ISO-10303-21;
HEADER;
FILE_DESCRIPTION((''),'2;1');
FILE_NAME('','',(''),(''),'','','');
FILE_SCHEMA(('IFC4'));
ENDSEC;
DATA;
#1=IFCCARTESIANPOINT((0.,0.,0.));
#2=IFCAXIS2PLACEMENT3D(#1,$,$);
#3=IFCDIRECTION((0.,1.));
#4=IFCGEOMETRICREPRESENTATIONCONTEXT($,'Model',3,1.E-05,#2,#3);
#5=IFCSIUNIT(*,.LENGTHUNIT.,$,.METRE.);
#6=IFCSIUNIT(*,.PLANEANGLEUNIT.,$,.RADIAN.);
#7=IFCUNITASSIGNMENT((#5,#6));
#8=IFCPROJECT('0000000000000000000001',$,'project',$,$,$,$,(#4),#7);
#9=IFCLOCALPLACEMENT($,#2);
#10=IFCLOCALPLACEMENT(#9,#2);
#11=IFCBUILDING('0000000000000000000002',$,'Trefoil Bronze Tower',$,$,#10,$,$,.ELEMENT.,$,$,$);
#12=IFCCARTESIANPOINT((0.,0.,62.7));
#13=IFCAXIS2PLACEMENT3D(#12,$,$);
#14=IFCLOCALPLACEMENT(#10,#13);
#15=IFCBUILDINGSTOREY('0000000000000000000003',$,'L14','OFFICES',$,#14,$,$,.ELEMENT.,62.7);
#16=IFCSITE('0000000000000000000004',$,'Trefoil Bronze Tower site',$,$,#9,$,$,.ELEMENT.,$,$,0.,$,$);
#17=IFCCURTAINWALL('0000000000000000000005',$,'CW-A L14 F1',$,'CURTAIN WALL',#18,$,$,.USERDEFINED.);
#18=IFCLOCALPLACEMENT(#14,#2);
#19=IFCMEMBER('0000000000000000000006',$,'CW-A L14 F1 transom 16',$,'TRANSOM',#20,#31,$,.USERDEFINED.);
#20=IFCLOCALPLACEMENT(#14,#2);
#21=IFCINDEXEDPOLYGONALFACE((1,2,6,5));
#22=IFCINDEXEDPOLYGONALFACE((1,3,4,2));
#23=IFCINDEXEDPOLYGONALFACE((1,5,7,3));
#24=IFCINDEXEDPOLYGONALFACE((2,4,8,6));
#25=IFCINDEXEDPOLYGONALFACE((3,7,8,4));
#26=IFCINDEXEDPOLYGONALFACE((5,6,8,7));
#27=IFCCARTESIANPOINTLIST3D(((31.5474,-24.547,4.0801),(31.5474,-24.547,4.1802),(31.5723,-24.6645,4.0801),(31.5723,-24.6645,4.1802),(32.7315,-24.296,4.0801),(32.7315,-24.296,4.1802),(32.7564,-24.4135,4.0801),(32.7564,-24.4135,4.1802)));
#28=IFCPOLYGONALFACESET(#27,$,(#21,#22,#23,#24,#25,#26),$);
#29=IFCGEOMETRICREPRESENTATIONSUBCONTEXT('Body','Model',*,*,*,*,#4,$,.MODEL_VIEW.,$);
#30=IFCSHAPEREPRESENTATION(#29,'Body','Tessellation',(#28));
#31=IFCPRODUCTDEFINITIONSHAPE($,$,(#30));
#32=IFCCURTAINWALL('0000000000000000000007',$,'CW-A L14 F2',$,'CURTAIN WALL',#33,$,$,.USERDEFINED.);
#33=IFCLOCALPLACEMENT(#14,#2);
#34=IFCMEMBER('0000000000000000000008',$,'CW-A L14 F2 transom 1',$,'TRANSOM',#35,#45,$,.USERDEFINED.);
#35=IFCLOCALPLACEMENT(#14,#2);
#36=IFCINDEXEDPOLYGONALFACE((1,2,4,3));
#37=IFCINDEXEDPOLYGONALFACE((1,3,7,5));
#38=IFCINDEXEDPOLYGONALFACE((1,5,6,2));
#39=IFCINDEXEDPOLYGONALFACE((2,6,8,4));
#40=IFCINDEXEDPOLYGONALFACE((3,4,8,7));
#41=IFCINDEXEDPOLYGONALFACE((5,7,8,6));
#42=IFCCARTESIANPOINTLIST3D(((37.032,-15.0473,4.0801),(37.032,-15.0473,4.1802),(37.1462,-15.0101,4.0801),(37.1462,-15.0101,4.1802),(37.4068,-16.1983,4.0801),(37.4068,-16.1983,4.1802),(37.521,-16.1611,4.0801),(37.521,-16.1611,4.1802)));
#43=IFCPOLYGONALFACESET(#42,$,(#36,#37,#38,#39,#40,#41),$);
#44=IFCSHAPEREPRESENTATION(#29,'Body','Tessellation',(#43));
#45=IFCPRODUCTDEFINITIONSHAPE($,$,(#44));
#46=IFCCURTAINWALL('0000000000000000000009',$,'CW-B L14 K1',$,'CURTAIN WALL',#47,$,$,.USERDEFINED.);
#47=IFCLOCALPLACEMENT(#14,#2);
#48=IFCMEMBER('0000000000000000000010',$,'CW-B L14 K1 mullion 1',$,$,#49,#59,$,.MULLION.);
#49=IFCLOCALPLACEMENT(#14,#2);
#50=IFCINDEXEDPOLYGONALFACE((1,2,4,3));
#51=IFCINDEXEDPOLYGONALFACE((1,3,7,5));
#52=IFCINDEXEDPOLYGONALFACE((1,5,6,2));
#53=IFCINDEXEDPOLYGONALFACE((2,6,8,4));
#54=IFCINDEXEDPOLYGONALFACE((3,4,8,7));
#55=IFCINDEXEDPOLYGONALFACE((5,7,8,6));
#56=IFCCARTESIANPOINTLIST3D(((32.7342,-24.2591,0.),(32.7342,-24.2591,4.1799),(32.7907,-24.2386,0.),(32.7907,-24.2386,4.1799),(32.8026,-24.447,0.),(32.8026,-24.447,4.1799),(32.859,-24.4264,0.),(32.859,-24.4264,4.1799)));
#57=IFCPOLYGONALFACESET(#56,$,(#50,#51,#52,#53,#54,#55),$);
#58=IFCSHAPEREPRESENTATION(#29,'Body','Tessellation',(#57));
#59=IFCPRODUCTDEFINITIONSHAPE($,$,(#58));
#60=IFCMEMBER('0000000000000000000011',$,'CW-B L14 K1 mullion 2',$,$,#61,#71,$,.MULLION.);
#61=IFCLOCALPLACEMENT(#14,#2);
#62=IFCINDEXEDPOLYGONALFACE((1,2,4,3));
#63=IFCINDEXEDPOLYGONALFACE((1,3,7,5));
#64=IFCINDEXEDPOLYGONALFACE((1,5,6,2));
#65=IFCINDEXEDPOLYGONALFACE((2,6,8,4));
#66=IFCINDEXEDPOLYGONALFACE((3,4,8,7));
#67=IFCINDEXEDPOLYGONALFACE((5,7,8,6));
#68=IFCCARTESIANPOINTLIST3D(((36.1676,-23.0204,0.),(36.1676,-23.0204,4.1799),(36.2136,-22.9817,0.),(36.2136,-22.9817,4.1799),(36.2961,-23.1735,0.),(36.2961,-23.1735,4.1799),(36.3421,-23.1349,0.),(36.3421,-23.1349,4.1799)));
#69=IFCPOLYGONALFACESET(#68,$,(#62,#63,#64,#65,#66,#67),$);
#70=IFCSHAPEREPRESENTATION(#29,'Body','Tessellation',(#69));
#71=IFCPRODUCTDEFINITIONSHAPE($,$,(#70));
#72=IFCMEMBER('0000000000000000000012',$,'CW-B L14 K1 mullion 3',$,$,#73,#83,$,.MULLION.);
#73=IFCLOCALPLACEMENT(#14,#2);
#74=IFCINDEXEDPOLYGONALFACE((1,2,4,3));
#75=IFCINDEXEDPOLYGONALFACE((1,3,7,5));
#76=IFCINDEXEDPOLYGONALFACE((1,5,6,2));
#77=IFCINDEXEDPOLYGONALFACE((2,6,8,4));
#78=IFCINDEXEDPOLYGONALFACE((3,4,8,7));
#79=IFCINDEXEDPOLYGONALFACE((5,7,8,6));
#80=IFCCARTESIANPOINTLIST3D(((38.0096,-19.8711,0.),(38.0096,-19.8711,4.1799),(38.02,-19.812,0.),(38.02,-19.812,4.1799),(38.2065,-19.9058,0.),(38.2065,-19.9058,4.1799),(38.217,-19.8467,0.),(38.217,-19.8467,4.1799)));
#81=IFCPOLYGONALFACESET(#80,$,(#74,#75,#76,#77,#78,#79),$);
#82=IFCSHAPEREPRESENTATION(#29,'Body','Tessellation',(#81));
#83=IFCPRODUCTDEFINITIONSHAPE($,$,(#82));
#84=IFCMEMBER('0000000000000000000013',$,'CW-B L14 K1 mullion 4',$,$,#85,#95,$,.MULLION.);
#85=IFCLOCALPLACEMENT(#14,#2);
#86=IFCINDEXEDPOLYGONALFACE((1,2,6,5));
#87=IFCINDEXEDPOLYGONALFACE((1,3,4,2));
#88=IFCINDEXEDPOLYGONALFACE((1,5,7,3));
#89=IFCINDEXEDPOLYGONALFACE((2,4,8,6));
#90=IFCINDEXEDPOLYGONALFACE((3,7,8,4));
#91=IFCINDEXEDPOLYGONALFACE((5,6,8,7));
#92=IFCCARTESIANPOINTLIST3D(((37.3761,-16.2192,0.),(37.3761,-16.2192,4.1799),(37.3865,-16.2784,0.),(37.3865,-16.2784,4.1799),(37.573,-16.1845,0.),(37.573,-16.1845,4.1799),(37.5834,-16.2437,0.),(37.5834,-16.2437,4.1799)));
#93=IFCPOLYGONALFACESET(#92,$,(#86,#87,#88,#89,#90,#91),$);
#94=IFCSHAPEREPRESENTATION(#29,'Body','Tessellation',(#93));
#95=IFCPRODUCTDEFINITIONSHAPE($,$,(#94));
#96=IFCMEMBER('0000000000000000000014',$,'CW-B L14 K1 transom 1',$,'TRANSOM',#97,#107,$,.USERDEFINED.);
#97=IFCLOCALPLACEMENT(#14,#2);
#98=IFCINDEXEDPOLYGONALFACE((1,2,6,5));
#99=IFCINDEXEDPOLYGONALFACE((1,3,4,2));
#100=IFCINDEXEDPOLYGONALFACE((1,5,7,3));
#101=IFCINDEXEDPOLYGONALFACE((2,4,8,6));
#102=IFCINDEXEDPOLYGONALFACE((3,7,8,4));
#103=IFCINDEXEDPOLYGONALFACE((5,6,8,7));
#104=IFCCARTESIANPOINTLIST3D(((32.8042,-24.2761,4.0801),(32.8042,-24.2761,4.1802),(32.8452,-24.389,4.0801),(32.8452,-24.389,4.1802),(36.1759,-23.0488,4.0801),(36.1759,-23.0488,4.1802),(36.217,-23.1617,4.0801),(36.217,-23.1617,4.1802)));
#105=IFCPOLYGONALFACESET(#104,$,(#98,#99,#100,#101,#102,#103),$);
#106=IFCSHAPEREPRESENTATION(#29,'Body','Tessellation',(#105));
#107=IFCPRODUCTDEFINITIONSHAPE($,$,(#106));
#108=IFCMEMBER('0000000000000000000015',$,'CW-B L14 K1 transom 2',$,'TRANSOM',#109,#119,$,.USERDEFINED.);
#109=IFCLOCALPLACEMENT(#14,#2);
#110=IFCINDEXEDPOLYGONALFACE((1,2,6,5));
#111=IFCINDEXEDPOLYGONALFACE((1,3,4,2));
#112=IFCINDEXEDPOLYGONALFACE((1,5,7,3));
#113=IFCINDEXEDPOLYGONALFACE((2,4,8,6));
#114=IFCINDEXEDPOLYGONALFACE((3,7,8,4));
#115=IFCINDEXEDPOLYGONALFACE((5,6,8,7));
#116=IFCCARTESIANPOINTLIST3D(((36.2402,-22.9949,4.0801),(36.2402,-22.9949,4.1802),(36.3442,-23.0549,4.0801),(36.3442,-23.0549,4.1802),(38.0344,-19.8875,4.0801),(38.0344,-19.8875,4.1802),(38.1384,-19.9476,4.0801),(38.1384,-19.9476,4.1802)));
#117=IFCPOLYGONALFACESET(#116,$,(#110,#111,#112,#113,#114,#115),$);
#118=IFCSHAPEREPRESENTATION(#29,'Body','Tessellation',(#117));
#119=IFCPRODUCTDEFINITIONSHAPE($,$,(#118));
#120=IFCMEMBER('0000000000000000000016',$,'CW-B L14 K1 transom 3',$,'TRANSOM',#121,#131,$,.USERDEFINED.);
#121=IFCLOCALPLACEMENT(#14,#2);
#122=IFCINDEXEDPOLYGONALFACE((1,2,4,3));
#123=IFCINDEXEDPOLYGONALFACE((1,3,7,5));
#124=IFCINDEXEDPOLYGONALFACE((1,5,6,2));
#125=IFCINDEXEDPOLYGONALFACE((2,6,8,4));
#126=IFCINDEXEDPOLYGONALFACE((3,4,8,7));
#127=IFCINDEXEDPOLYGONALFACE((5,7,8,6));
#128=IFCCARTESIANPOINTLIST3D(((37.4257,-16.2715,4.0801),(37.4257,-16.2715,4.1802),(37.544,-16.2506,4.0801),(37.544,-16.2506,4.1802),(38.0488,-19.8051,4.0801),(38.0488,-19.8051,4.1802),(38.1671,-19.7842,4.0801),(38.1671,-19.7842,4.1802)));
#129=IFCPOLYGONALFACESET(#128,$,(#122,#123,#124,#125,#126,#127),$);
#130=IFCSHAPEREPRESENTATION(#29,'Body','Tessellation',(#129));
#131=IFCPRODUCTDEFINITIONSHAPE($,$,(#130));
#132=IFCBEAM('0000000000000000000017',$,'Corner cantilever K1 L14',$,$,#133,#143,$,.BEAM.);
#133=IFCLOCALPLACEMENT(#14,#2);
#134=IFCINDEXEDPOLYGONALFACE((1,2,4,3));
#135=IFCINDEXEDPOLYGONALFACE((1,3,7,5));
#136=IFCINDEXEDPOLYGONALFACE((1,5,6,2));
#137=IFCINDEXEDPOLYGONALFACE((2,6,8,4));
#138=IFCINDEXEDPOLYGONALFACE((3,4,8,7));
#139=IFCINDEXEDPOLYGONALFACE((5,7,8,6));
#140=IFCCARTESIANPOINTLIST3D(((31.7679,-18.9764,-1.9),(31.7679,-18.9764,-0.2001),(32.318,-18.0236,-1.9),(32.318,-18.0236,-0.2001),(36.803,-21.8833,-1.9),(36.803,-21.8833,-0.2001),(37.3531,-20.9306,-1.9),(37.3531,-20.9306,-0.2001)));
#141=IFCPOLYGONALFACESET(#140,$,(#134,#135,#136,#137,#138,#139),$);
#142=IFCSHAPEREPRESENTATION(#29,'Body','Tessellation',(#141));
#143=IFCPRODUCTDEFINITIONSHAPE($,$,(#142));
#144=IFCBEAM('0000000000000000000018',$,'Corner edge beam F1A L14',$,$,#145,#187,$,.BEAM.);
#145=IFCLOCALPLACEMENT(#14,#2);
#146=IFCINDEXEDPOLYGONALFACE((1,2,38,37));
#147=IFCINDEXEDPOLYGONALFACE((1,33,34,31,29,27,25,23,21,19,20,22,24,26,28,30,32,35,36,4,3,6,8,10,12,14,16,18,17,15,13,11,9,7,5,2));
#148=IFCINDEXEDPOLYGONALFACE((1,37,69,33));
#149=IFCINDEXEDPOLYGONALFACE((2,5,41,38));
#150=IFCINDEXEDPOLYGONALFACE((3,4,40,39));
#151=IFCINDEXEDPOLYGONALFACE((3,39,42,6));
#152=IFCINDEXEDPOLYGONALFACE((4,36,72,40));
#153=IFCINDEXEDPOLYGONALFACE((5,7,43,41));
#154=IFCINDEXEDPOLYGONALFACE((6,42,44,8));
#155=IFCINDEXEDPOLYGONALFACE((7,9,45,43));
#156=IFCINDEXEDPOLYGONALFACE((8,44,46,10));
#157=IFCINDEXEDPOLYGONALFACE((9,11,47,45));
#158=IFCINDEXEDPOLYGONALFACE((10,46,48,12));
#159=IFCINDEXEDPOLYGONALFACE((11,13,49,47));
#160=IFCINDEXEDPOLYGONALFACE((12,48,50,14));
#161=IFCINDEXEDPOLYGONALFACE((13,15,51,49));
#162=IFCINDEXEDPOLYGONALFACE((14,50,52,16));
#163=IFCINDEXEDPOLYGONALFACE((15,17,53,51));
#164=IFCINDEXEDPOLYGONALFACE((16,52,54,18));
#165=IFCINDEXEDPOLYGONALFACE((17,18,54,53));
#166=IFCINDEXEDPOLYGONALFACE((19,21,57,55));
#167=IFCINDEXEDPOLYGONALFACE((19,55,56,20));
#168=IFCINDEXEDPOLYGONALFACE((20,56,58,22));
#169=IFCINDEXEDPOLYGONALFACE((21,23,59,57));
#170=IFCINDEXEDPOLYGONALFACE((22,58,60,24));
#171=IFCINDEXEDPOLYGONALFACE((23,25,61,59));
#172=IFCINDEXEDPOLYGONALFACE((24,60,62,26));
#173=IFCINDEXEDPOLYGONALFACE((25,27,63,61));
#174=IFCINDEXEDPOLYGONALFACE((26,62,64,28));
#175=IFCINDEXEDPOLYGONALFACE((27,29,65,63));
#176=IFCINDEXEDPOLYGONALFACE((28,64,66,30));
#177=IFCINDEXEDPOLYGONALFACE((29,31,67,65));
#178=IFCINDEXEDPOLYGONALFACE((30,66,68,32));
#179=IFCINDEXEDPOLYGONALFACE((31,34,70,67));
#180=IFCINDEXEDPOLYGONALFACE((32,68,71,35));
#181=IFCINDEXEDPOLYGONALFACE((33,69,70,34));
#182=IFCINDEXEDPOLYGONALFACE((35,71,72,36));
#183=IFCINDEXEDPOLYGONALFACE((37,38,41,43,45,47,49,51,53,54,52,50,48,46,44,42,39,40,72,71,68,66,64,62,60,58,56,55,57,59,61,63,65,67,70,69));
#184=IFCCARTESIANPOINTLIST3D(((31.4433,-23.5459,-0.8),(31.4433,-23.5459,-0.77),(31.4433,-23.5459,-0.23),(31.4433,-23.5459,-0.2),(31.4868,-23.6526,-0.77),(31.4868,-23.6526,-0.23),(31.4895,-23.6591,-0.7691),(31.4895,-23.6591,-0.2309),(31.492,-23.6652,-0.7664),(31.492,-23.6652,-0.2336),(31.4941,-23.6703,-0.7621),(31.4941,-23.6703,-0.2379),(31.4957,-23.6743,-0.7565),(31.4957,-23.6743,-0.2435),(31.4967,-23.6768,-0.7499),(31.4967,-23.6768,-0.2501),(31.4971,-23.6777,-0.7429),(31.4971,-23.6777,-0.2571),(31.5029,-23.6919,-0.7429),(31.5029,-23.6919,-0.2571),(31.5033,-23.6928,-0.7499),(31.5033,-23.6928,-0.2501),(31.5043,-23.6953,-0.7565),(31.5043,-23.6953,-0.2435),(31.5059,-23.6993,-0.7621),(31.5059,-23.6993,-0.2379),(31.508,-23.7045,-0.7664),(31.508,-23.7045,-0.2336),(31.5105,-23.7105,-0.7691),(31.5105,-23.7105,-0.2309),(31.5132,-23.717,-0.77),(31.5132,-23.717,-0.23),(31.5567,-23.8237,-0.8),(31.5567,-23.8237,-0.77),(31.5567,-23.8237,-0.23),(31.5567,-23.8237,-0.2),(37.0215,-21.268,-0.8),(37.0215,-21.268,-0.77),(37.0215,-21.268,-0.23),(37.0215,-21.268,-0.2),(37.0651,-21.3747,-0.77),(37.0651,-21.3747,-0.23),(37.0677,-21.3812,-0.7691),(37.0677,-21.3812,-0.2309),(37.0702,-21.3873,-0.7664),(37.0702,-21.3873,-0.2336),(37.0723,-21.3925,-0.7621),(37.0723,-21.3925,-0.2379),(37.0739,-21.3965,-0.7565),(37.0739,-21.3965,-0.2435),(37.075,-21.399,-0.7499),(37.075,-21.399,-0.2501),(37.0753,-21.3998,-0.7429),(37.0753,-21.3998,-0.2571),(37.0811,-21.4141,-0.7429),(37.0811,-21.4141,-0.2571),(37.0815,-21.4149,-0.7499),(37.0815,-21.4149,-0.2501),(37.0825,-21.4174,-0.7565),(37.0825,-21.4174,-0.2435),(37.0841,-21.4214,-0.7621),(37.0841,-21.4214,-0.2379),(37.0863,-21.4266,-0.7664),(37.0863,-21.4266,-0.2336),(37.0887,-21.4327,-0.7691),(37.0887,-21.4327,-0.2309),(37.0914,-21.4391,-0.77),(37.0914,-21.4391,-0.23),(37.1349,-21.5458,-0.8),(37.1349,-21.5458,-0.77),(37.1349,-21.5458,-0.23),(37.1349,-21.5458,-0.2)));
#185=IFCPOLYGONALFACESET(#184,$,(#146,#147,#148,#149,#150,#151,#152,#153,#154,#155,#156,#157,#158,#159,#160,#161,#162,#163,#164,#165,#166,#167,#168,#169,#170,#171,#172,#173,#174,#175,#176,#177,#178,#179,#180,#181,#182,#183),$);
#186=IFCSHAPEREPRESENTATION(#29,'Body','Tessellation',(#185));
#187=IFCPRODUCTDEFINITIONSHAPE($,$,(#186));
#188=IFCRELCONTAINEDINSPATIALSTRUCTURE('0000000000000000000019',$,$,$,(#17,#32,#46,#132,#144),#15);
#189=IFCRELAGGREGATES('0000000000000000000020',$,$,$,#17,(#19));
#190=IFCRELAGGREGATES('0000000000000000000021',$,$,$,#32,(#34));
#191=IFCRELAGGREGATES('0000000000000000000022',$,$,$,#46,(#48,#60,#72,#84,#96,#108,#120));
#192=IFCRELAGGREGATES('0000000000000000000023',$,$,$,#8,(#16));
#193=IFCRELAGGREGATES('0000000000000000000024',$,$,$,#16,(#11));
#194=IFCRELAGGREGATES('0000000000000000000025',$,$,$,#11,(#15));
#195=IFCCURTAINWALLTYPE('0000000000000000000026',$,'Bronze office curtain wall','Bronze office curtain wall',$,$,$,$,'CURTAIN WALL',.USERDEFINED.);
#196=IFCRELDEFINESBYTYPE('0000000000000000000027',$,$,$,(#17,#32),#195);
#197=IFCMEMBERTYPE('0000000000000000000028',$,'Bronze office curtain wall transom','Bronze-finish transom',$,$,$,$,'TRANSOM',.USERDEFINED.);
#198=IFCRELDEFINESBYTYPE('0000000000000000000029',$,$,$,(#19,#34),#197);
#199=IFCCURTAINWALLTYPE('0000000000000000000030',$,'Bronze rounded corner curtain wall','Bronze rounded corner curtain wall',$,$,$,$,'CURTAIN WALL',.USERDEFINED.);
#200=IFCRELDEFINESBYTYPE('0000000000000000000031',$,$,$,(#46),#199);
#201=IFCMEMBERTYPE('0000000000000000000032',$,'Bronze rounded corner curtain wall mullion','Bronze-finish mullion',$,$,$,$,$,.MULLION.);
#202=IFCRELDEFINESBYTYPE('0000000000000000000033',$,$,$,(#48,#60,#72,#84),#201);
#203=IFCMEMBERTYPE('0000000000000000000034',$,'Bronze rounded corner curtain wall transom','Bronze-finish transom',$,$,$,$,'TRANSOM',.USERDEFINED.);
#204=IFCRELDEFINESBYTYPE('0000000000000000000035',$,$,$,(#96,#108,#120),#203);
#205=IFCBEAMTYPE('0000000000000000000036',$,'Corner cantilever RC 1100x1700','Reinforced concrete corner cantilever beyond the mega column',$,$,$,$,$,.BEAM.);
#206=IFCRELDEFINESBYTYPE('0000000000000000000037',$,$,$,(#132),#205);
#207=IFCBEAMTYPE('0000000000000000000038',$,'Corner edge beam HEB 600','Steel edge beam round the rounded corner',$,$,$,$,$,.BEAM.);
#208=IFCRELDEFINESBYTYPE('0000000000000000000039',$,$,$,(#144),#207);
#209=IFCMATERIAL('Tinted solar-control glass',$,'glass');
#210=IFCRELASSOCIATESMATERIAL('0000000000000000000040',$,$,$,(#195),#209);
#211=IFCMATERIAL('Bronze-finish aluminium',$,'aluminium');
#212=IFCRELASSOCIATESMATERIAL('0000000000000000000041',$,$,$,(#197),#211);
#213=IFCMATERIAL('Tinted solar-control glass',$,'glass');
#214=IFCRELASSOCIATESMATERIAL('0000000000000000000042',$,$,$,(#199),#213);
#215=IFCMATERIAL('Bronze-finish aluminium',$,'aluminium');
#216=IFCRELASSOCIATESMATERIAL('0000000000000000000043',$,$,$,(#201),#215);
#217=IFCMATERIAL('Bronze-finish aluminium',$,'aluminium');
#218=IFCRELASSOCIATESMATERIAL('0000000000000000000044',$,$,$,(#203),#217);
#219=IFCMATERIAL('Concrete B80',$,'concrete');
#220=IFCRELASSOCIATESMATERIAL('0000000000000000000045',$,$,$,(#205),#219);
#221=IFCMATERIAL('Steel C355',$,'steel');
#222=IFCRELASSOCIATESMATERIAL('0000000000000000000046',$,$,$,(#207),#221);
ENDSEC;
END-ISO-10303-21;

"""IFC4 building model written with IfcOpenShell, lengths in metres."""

from ifc_helpers import new_model, si_unit, direction, frame, origin, origin_2d, place, context, subcontext, project, spatial, rectangle, i_section, extrude, material, material_profile, profile_set, type_object, element, aggregate, save


model = new_model("IFC4")

# Units and contexts
model_context = context("Model", 3, precision=1e-05, world=origin(), true_north=direction((0.0, 1.0)))
body_context = subcontext(model_context, "Body", "Model", "MODEL_VIEW")
ifc_project = project(units=[si_unit("LENGTHUNIT", "METRE"), si_unit("PLANEANGLEUNIT", "RADIAN")], contexts=[model_context])

# Site, building, storey
site_placement = place(None, origin())
site = spatial("IfcSite", under=ifc_project, at=site_placement, Name="Trefoil Bronze Tower site", CompositionType="ELEMENT", RefElevation=0.0)
building_placement = place(site_placement, origin())
building = spatial("IfcBuilding", under=site, at=building_placement, Name="Trefoil Bronze Tower", CompositionType="ELEMENT")
storey_placement = place(building_placement, frame((0.0, 0.0, 62.7)))
storey = spatial("IfcBuildingStorey", under=building, at=storey_placement, Name="L14", Description="OFFICES", CompositionType="ELEMENT", Elevation=62.7)

# Curtain wall, member
ifc_material_1 = material(Name="Tinted solar-control glass", Category="glass")
curtain_wall_type_1 = type_object("IfcCurtainWallType", Name="Bronze office curtain wall", Description="Bronze office curtain wall", ElementType="CURTAIN WALL", PredefinedType="USERDEFINED", material=ifc_material_1)
curtain_wall_1_placement = place(storey_placement, origin())
curtain_wall_1 = element("IfcCurtainWall", 1, at=curtain_wall_1_placement, inside=storey, type_object=curtain_wall_type_1, Name="CW-A L14 F1", ObjectType="CURTAIN WALL", PredefinedType="USERDEFINED")
ifc_material_2 = material(Name="Bronze-finish aluminium", Category="aluminium")
ifc_material_profile_1 = material_profile(ifc_material_2, rectangle(XDim=0.1201, YDim=0.1001, at=origin_2d()), Name="CW-A transom")
ifc_profile_set_1 = profile_set([ifc_material_profile_1], Name="Bronze-finish aluminium")
member_type_1 = type_object("IfcMemberType", Name="Bronze office curtain wall transom", Description="Bronze-finish transom", ElementType="TRANSOM", PredefinedType="USERDEFINED", material=ifc_profile_set_1)
member_1_placement = place(storey_placement, frame((31.5598, -24.6057, 4.1301), z_axis=(0.978266, 0.207352, 0.0), x_axis=(-0.207352, 0.978266, 0.0)))
member_1 = element("IfcMember", 2, at=member_1_placement, type_object=member_type_1, Name="CW-A L14 F1 transom 16", ObjectType="TRANSOM", PredefinedType="USERDEFINED", context=body_context, shape_type="SweptSolid", body=[
    extrude(rectangle(XDim=0.1201, YDim=0.1001, at=origin_2d()), origin(), (0.0, 0.0, 1.0), 1.2104),
])

# Curtain wall, member
curtain_wall_2_placement = place(storey_placement, origin())
curtain_wall_2 = element("IfcCurtainWall", 3, at=curtain_wall_2_placement, inside=storey, type_object=curtain_wall_type_1, Name="CW-A L14 F2", ObjectType="CURTAIN WALL", PredefinedType="USERDEFINED")
member_2_placement = place(storey_placement, frame((37.4639, -16.1797, 4.1301), z_axis=(-0.309624, 0.950859, 0.0), x_axis=(-0.950859, -0.309624, 0.0)))
member_2 = element("IfcMember", 4, at=member_2_placement, type_object=member_type_1, Name="CW-A L14 F2 transom 1", ObjectType="TRANSOM", PredefinedType="USERDEFINED", context=body_context, shape_type="SweptSolid", body=[
    extrude(rectangle(XDim=0.1201, YDim=0.1001, at=origin_2d()), origin(), (0.0, 0.0, 1.0), 1.2104),
])

# Curtain wall, members
ifc_material_3 = material(Name="Tinted solar-control glass", Category="glass")
curtain_wall_type_2 = type_object("IfcCurtainWallType", Name="Bronze rounded corner curtain wall", Description="Bronze rounded corner curtain wall", ElementType="CURTAIN WALL", PredefinedType="USERDEFINED", material=ifc_material_3)
curtain_wall_3_placement = place(storey_placement, origin())
curtain_wall_3 = element("IfcCurtainWall", 5, at=curtain_wall_3_placement, inside=storey, type_object=curtain_wall_type_2, Name="CW-B L14 K1", ObjectType="CURTAIN WALL", PredefinedType="USERDEFINED")
ifc_material_4 = material(Name="Bronze-finish aluminium", Category="aluminium")
ifc_material_profile_2 = material_profile(ifc_material_4, rectangle(XDim=0.2, YDim=0.0601, at=origin_2d()), Name="CW-B mullion")
ifc_profile_set_2 = profile_set([ifc_material_profile_2], Name="Bronze-finish aluminium")
member_type_2 = type_object("IfcMemberType", Name="Bronze rounded corner curtain wall mullion", Description="Bronze-finish mullion", PredefinedType="MULLION", material=ifc_profile_set_2)
member_3_placement = place(storey_placement, frame((32.7966, -24.3428, 0.0), z_axis=(0.0, 0.0, 1.0), x_axis=(-0.34202, 0.939693, 0.0)))
member_3 = element("IfcMember", 6, at=member_3_placement, type_object=member_type_2, Name="CW-B L14 K1 mullion 1", PredefinedType="MULLION", context=body_context, shape_type="SweptSolid", body=[
    extrude(rectangle(XDim=0.2, YDim=0.0601, at=origin_2d()), origin(), (0.0, 0.0, 1.0), 4.1799),
])
member_4_placement = place(storey_placement, frame((36.2549, -23.0776, 0.0), z_axis=(0.0, 0.0, 1.0), x_axis=(-0.642788, 0.766044, 0.0)))
member_4 = element("IfcMember", 7, at=member_4_placement, type_object=member_type_2, Name="CW-B L14 K1 mullion 2", PredefinedType="MULLION", context=body_context, shape_type="SweptSolid", body=[
    extrude(rectangle(XDim=0.2, YDim=0.0601, at=origin_2d()), origin(), (0.0, 0.0, 1.0), 4.1799),
])
member_5_placement = place(storey_placement, frame((38.1133, -19.8589, 0.0), z_axis=(0.0, 0.0, 1.0), x_axis=(-0.984808, 0.173648, 0.0)))
member_5 = element("IfcMember", 8, at=member_5_placement, type_object=member_type_2, Name="CW-B L14 K1 mullion 3", PredefinedType="MULLION", context=body_context, shape_type="SweptSolid", body=[
    extrude(rectangle(XDim=0.2, YDim=0.0601, at=origin_2d()), origin(), (0.0, 0.0, 1.0), 4.1799),
])
member_6_placement = place(storey_placement, frame((37.4797, -16.2314, 0.0), z_axis=(0.0, 0.0, 1.0), x_axis=(-0.984808, -0.173648, 0.0)))
member_6 = element("IfcMember", 9, at=member_6_placement, type_object=member_type_2, Name="CW-B L14 K1 mullion 4", PredefinedType="MULLION", context=body_context, shape_type="SweptSolid", body=[
    extrude(rectangle(XDim=0.2, YDim=0.0601, at=origin_2d()), origin(), (0.0, 0.0, 1.0), 4.1799),
])
ifc_material_5 = material(Name="Bronze-finish aluminium", Category="aluminium")
ifc_material_profile_3 = material_profile(ifc_material_5, rectangle(XDim=0.1201, YDim=0.1001, at=origin_2d()), Name="CW-B transom")
ifc_profile_set_3 = profile_set([ifc_material_profile_3], Name="Bronze-finish aluminium")
member_type_3 = type_object("IfcMemberType", Name="Bronze rounded corner curtain wall transom", Description="Bronze-finish transom", ElementType="TRANSOM", PredefinedType="USERDEFINED", material=ifc_profile_set_3)
member_7_placement = place(storey_placement, frame((32.8247, -24.3325, 4.1301), z_axis=(0.939688, 0.342033, 0.0), x_axis=(-0.342033, 0.939688, 0.0)))
member_7 = element("IfcMember", 10, at=member_7_placement, type_object=member_type_3, Name="CW-B L14 K1 transom 1", ObjectType="TRANSOM", PredefinedType="USERDEFINED", context=body_context, shape_type="SweptSolid", body=[
    extrude(rectangle(XDim=0.1201, YDim=0.1001, at=origin_2d()), origin(), (0.0, 0.0, 1.0), 3.5881),
])
member_8_placement = place(storey_placement, frame((36.2922, -23.0249, 4.1301), z_axis=(0.500025, 0.866011, 0.0), x_axis=(-0.866011, 0.500025, 0.0)))
member_8 = element("IfcMember", 11, at=member_8_placement, type_object=member_type_3, Name="CW-B L14 K1 transom 2", ObjectType="TRANSOM", PredefinedType="USERDEFINED", context=body_context, shape_type="SweptSolid", body=[
    extrude(rectangle(XDim=0.1201, YDim=0.1001, at=origin_2d()), origin(), (0.0, 0.0, 1.0), 3.5881),
])
member_9_placement = place(storey_placement, frame((38.1079, -19.7947, 4.1301), z_axis=(-0.173638, 0.98481, 0.0), x_axis=(-0.98481, -0.173638, 0.0)))
member_9 = element("IfcMember", 12, at=member_9_placement, type_object=member_type_3, Name="CW-B L14 K1 transom 3", ObjectType="TRANSOM", PredefinedType="USERDEFINED", context=body_context, shape_type="SweptSolid", body=[
    extrude(rectangle(XDim=0.1201, YDim=0.1001, at=origin_2d()), origin(), (0.0, 0.0, 1.0), 3.5881),
])

# Beams
ifc_material_6 = material(Name="Concrete B80", Category="concrete")
ifc_material_profile_4 = material_profile(ifc_material_6, rectangle(XDim=1.1001, YDim=1.7, at=origin_2d()), Name="RC 1100x1700")
ifc_profile_set_4 = profile_set([ifc_material_profile_4], Name="Concrete B80")
beam_type_1 = type_object("IfcBeamType", Name="Corner cantilever RC 1100x1700", Description="Reinforced concrete corner cantilever beyond the mega column", PredefinedType="BEAM", material=ifc_profile_set_4)
beam_1_placement = place(storey_placement, frame((32.043, -18.5, -1.05), z_axis=(0.86603, -0.499991, 0.0), x_axis=(0.499991, 0.86603, 0.0)))
element("IfcBeam", 13, at=beam_1_placement, inside=storey, type_object=beam_type_1, Name="Corner cantilever K1 L14", PredefinedType="BEAM", context=body_context, shape_type="SweptSolid", body=[
    extrude(rectangle(XDim=1.1001, YDim=1.7, at=origin_2d()), origin(), (0.0, 0.0, 1.0), 5.814),
])
ifc_material_7 = material(Name="Steel C355", Category="steel")
ifc_material_profile_5 = material_profile(ifc_material_7, i_section(OverallWidth=0.3, OverallDepth=0.6001, WebThickness=0.0154, FlangeThickness=0.03, FilletRadius=0.0271, at=origin_2d()), Name="HEB 600")
ifc_profile_set_5 = profile_set([ifc_material_profile_5], Name="Steel C355")
beam_type_2 = type_object("IfcBeamType", Name="Corner edge beam HEB 600", Description="Steel edge beam round the rounded corner", PredefinedType="BEAM", material=ifc_profile_set_5)
beam_2_placement = place(storey_placement, frame((31.5, -23.6848, -0.5), z_axis=(0.925787, 0.378046, 0.0), x_axis=(-0.378046, 0.925787, 0.0)))
element("IfcBeam", 14, at=beam_2_placement, inside=storey, type_object=beam_type_2, Name="Corner edge beam F1A L14", PredefinedType="BEAM", context=body_context, shape_type="SweptSolid", body=[
    extrude(i_section(OverallWidth=0.3, OverallDepth=0.6001, WebThickness=0.0154, FlangeThickness=0.03, FilletRadius=0.0271, at=origin_2d()), origin(), (0.0, 0.0, 1.0), 6.0254),
])

aggregate(curtain_wall_1, [member_1])
aggregate(curtain_wall_2, [member_2])
aggregate(curtain_wall_3, [member_3, member_4, member_5, member_6, member_7, member_8, member_9])

save(model, "model.ifc")
